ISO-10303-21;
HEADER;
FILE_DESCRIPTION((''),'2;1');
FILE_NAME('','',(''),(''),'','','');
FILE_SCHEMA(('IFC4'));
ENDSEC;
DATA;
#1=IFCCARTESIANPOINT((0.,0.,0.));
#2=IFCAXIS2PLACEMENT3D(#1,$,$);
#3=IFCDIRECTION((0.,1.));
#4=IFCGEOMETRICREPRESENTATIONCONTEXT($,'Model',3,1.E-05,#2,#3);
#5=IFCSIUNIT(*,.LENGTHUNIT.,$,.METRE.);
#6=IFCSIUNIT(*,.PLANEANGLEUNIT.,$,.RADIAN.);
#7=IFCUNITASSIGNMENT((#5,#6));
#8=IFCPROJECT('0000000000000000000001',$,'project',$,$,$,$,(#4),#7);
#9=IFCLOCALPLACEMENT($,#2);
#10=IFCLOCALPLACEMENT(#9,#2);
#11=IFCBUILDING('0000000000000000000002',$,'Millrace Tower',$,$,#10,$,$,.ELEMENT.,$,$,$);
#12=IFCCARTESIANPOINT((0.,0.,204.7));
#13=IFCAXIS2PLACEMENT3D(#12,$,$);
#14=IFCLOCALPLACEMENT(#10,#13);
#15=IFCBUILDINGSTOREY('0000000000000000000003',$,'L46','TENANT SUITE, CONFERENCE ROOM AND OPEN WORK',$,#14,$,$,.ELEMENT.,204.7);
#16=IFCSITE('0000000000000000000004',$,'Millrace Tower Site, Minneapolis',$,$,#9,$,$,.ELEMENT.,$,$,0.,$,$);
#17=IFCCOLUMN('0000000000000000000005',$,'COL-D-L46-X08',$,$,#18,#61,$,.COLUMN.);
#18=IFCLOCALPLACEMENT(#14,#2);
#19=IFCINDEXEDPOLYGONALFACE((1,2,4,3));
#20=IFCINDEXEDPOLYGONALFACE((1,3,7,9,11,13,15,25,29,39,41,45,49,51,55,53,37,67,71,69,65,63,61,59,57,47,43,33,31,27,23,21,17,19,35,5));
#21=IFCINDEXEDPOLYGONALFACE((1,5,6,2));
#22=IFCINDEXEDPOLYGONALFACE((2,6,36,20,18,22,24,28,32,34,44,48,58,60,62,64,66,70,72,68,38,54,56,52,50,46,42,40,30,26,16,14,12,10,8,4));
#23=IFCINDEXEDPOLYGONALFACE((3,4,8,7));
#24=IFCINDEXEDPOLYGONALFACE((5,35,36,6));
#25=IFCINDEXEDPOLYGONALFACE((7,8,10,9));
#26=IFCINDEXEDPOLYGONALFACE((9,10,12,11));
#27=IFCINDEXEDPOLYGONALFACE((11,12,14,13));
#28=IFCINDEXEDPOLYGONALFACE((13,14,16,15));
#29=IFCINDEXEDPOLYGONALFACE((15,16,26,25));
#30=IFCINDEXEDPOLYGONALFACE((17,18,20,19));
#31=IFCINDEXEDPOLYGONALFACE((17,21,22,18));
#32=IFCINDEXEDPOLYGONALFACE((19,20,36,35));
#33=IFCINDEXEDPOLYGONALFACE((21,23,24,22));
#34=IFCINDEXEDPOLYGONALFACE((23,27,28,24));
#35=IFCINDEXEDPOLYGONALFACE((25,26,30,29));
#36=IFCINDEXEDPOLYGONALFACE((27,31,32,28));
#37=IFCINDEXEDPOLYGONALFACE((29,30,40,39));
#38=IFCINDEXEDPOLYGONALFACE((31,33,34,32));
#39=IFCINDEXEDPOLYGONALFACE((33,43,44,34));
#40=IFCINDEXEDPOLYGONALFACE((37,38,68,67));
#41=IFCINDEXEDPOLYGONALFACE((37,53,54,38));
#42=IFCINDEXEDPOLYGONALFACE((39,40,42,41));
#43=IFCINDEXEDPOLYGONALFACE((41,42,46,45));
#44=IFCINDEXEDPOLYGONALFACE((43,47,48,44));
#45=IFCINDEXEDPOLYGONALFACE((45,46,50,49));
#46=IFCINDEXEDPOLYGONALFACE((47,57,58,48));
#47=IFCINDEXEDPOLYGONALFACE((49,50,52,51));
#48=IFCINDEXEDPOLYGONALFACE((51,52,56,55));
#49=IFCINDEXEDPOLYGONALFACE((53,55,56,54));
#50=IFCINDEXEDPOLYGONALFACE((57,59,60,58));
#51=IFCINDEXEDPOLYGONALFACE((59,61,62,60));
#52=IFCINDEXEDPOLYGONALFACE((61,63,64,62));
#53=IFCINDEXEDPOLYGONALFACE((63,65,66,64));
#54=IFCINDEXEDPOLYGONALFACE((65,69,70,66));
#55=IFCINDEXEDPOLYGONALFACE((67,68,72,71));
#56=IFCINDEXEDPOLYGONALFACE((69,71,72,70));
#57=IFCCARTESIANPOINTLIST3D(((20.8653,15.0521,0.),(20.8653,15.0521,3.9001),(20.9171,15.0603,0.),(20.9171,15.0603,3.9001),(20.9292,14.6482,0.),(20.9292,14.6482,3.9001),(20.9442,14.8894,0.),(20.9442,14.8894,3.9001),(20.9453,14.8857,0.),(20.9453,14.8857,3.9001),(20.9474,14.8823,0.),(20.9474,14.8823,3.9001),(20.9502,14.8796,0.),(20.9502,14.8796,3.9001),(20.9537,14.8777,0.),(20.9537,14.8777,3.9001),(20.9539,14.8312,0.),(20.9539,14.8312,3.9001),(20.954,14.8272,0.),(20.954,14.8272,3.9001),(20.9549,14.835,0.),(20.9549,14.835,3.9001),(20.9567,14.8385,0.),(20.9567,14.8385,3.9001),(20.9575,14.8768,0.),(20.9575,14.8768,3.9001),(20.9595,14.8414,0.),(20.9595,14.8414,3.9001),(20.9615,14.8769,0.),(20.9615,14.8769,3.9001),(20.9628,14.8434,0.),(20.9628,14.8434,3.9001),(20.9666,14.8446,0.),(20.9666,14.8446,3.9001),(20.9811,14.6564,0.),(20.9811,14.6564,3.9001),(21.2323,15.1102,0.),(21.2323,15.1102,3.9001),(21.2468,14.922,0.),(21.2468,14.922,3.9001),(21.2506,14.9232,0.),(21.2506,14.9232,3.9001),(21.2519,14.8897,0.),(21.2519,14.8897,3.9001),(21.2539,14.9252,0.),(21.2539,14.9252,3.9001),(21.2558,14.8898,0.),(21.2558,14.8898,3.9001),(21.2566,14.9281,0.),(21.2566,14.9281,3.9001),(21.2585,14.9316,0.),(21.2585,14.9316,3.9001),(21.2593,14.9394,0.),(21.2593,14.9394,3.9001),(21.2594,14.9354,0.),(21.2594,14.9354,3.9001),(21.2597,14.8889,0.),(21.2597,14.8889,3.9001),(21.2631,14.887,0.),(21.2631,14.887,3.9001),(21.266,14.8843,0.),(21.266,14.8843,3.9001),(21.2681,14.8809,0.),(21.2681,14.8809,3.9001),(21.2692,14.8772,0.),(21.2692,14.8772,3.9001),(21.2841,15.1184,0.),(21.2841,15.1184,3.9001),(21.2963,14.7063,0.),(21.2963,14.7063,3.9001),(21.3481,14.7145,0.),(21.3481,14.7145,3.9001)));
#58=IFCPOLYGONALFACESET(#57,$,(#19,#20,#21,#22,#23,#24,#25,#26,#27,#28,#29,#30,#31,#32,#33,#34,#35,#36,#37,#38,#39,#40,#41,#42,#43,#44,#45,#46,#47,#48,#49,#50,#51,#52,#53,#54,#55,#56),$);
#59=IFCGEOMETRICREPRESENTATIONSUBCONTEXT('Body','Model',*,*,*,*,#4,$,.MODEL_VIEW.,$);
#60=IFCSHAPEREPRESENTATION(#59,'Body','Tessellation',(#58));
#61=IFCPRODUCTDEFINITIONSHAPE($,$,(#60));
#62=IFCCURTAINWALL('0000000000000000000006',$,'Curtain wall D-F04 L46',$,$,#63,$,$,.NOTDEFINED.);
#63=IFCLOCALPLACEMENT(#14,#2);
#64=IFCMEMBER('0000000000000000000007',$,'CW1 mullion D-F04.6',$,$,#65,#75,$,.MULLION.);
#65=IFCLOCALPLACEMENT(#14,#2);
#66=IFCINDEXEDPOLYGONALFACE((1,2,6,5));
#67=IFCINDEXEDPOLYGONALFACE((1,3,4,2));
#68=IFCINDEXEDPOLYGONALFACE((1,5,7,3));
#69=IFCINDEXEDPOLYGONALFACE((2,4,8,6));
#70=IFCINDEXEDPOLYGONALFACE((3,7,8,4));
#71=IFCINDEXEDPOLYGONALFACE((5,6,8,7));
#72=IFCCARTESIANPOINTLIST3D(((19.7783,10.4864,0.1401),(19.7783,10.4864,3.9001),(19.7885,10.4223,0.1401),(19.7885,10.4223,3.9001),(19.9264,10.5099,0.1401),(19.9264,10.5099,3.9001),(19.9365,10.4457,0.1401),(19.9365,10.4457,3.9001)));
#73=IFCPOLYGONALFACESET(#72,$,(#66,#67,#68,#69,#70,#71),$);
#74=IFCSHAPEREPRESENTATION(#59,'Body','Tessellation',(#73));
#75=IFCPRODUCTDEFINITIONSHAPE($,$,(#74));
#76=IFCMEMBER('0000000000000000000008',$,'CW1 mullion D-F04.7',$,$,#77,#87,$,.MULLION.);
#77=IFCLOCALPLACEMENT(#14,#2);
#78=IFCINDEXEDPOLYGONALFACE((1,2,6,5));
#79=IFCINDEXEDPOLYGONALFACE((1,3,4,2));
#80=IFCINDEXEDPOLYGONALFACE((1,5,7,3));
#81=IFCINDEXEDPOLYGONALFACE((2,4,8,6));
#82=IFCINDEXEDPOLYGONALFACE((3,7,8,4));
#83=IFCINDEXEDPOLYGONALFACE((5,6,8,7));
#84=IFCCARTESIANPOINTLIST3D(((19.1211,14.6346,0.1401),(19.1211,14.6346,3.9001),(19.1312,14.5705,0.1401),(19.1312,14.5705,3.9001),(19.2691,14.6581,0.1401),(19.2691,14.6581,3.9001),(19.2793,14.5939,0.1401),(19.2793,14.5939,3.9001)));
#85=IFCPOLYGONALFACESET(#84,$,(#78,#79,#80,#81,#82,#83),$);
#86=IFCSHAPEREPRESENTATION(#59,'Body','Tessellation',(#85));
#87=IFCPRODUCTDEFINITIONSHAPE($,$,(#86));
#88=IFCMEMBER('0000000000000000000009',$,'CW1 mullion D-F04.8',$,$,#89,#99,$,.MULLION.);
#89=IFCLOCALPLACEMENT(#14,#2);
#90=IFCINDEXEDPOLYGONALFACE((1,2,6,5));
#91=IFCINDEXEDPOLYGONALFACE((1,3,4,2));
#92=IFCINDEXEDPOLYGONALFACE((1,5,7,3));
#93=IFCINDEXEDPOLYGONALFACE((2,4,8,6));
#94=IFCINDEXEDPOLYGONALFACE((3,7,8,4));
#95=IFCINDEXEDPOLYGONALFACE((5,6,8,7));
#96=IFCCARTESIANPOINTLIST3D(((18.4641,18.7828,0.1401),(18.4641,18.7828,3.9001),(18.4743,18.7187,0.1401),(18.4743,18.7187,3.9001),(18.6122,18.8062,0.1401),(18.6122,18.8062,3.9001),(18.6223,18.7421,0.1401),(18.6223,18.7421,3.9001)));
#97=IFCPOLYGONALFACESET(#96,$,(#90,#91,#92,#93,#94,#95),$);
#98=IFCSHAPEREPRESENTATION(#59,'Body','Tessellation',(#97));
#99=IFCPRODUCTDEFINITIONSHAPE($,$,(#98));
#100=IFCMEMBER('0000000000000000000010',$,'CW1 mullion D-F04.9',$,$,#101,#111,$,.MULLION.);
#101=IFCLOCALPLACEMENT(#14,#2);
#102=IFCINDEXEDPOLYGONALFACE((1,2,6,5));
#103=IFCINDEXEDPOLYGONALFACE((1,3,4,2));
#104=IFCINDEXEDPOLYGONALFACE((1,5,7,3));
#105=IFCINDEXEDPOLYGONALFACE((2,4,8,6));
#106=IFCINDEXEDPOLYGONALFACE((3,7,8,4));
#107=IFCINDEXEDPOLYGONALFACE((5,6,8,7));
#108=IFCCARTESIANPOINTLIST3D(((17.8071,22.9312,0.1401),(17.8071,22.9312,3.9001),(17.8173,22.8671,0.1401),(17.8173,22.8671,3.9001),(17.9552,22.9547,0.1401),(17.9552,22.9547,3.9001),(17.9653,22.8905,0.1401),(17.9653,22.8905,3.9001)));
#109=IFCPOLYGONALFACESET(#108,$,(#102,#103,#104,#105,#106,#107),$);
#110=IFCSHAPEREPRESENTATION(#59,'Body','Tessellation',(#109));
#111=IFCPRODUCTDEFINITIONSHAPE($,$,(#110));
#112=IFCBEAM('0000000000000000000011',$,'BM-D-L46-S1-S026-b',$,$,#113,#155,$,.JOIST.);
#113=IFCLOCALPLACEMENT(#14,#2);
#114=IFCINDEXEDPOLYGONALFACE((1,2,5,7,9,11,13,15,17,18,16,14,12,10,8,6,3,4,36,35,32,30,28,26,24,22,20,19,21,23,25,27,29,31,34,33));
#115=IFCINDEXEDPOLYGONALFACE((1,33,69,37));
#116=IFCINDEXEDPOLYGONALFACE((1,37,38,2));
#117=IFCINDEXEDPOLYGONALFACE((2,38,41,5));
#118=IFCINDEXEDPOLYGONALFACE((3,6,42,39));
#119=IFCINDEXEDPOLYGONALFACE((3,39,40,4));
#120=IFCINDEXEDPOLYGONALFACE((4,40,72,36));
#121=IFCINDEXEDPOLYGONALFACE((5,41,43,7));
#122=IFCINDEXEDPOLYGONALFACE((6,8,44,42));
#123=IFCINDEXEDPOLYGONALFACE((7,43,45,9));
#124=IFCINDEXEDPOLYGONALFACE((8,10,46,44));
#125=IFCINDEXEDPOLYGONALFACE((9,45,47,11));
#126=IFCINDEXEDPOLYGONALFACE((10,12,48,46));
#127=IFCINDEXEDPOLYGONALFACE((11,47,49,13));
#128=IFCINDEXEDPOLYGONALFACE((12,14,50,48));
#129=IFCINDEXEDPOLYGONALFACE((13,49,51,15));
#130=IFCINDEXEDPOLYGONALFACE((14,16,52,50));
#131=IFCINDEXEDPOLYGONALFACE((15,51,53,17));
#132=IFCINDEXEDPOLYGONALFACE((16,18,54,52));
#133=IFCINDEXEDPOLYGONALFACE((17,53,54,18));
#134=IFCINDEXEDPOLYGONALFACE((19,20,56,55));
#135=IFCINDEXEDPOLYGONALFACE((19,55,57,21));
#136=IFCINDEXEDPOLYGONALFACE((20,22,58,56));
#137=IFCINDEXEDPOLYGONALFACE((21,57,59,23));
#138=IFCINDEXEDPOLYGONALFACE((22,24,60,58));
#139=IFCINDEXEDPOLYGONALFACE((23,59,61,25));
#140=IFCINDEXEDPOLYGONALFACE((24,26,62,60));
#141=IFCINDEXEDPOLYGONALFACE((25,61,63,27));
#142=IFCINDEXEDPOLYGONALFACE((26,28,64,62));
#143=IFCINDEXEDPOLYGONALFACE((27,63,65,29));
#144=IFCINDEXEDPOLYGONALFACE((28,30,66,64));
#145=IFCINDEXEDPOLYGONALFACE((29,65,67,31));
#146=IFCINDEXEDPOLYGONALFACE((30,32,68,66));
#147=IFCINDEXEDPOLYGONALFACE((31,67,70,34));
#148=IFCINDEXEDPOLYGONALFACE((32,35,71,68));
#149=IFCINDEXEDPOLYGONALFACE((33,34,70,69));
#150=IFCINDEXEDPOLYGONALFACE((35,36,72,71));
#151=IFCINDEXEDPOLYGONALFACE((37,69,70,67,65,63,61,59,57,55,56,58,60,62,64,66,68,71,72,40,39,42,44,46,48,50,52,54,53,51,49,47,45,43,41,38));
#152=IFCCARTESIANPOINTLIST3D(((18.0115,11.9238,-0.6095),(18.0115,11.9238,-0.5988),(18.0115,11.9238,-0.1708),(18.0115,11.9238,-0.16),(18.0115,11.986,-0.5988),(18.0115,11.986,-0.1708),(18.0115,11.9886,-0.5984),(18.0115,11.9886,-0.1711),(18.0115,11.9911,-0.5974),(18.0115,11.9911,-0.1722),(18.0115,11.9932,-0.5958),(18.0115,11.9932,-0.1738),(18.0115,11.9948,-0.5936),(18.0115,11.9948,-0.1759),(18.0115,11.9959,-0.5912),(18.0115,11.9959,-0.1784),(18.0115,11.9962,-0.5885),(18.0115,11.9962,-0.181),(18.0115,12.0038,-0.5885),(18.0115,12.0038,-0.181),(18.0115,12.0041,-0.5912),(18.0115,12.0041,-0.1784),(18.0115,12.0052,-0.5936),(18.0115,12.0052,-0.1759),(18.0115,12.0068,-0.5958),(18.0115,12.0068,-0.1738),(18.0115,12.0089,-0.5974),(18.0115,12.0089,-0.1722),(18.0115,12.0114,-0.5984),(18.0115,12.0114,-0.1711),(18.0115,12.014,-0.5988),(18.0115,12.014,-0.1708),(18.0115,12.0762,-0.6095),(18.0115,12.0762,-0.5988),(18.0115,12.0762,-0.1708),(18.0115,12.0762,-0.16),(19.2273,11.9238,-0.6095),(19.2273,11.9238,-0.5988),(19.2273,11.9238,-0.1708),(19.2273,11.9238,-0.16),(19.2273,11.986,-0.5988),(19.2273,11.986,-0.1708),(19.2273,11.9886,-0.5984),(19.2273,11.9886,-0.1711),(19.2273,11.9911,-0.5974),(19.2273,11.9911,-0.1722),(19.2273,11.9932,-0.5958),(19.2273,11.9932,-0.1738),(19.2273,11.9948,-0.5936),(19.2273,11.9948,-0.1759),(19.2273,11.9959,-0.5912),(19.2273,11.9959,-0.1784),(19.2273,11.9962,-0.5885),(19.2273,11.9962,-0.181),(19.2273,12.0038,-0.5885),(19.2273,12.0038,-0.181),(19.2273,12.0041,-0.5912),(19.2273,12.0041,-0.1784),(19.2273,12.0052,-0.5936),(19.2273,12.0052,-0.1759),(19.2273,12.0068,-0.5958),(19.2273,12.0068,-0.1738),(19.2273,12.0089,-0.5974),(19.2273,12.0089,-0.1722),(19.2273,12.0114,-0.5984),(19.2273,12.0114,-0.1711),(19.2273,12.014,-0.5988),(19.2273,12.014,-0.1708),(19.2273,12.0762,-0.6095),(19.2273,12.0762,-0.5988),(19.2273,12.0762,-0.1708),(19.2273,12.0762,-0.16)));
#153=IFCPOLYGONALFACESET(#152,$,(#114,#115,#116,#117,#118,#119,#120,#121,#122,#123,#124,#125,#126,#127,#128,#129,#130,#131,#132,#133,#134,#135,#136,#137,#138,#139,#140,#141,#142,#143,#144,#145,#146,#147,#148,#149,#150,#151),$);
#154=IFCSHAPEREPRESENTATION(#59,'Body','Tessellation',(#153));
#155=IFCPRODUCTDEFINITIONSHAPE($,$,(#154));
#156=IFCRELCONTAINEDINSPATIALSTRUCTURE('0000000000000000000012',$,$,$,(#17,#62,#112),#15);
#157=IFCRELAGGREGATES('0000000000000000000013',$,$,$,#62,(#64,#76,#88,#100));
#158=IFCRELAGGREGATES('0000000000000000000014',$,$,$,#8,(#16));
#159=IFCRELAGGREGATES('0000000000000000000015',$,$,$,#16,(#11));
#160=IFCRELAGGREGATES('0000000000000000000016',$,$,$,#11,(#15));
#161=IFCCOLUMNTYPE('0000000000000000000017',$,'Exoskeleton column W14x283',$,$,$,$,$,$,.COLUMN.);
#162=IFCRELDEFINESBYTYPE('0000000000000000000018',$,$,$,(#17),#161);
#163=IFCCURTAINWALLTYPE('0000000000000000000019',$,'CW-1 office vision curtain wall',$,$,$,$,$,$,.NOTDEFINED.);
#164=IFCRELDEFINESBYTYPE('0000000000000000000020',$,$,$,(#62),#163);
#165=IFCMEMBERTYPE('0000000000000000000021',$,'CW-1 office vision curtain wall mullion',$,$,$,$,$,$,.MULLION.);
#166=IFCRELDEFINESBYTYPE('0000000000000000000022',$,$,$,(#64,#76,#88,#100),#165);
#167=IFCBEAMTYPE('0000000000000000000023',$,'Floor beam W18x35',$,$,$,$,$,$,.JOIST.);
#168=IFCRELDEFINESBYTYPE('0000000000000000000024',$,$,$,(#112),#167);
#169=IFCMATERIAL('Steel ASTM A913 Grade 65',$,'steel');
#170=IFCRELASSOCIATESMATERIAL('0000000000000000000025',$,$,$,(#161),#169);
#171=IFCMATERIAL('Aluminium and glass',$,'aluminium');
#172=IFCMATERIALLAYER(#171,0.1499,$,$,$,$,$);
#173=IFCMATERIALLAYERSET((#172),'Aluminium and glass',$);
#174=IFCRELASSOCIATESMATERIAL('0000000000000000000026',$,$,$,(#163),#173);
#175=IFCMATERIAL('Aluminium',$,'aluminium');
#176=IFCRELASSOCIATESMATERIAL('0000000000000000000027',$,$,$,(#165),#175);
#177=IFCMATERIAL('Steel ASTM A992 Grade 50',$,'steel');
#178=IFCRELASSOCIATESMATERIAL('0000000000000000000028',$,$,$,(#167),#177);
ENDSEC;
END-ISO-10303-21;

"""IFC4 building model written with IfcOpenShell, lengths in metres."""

from ifc_helpers import new_model, si_unit, direction, frame, origin, origin_2d, place, context, subcontext, project, spatial, rectangle, i_section, extrude, material, layer, layer_set, material_profile, profile_set, type_object, element, aggregate, save


model = new_model("IFC4")

# Units and contexts
model_context = context("Model", 3, precision=1e-05, world=origin(), true_north=direction((0.0, 1.0)))
body_context = subcontext(model_context, "Body", "Model", "MODEL_VIEW")
ifc_project = project(units=[si_unit("LENGTHUNIT", "METRE"), si_unit("PLANEANGLEUNIT", "RADIAN")], contexts=[model_context])

# Site, building, storey
site_placement = place(None, origin())
site = spatial("IfcSite", under=ifc_project, at=site_placement, Name="Millrace Tower Site, Minneapolis", CompositionType="ELEMENT", RefElevation=0.0)
building_placement = place(site_placement, origin())
building = spatial("IfcBuilding", under=site, at=building_placement, Name="Millrace Tower", CompositionType="ELEMENT")
storey_placement = place(building_placement, frame((0.0, 0.0, 204.7)))
storey = spatial("IfcBuildingStorey", under=building, at=storey_placement, Name="L46", Description="TENANT SUITE, CONFERENCE ROOM AND OPEN WORK", CompositionType="ELEMENT", Elevation=204.7)

# Column
ifc_material_1 = material(Name="Steel ASTM A913 Grade 65", Category="steel")
ifc_material_profile_1 = material_profile(ifc_material_1, i_section(OverallWidth=0.4089, OverallDepth=0.4241, WebThickness=0.0327, FlangeThickness=0.0525, FilletRadius=0.0151, at=origin_2d()))
ifc_profile_set_1 = profile_set([ifc_material_profile_1], Name="Steel ASTM A913 Grade 65")
column_type = type_object("IfcColumnType", Name="Exoskeleton column W14x283", PredefinedType="COLUMN", material=ifc_profile_set_1)
column_placement = place(storey_placement, frame((21.1067, 14.8833, 0.0), z_axis=(0.0, 0.0, 1.0), x_axis=(-0.156434, 0.987688, 0.0)))
element("IfcColumn", 1, at=column_placement, inside=storey, type_object=column_type, Name="COL-D-L46-X08", PredefinedType="COLUMN", context=body_context, shape_type="SweptSolid", body=[
    extrude(i_section(OverallWidth=0.4089, OverallDepth=0.4241, WebThickness=0.0327, FlangeThickness=0.0525, FilletRadius=0.0151, at=origin_2d()), origin(), (0.0, 0.0, 1.0), 3.9001),
])

# Curtain wall, members
ifc_material_2 = material(Name="Aluminium and glass", Category="aluminium")
ifc_layer_1 = layer(ifc_material_2, 0.1499)
ifc_layer_set_1 = layer_set([ifc_layer_1], Name="Aluminium and glass")
curtain_wall_type = type_object("IfcCurtainWallType", Name="CW-1 office vision curtain wall", PredefinedType="NOTDEFINED", material=ifc_layer_set_1)
curtain_wall_placement = place(storey_placement, origin())
curtain_wall = element("IfcCurtainWall", 2, at=curtain_wall_placement, inside=storey, type_object=curtain_wall_type, Name="Curtain wall D-F04 L46", PredefinedType="NOTDEFINED")
ifc_material_3 = material(Name="Aluminium", Category="aluminium")
ifc_material_profile_2 = material_profile(ifc_material_3, rectangle(XDim=0.0649, YDim=0.1499, at=origin_2d()))
ifc_profile_set_2 = profile_set([ifc_material_profile_2], Name="Aluminium")
member_type = type_object("IfcMemberType", Name="CW-1 office vision curtain wall mullion", PredefinedType="MULLION", material=ifc_profile_set_2)
member_1_placement = place(storey_placement, frame((19.8574, 10.4661, 0.1401), z_axis=(0.0, 0.0, 1.0), x_axis=(-0.156434, 0.987688, 0.0)))
member_1 = element("IfcMember", 3, at=member_1_placement, type_object=member_type, Name="CW1 mullion D-F04.6", PredefinedType="MULLION", context=body_context, shape_type="SweptSolid", body=[
    extrude(rectangle(XDim=0.0649, YDim=0.1499, at=origin_2d()), origin(), (0.0, 0.0, 1.0), 3.76),
])
member_2_placement = place(storey_placement, frame((19.2002, 14.6143, 0.1401), z_axis=(0.0, 0.0, 1.0), x_axis=(-0.156434, 0.987688, 0.0)))
member_2 = element("IfcMember", 4, at=member_2_placement, type_object=member_type, Name="CW1 mullion D-F04.7", PredefinedType="MULLION", context=body_context, shape_type="SweptSolid", body=[
    extrude(rectangle(XDim=0.0649, YDim=0.1499, at=origin_2d()), origin(), (0.0, 0.0, 1.0), 3.76),
])
member_3_placement = place(storey_placement, frame((18.5432, 18.7625, 0.1401), z_axis=(0.0, 0.0, 1.0), x_axis=(-0.156434, 0.987688, 0.0)))
member_3 = element("IfcMember", 5, at=member_3_placement, type_object=member_type, Name="CW1 mullion D-F04.8", PredefinedType="MULLION", context=body_context, shape_type="SweptSolid", body=[
    extrude(rectangle(XDim=0.0649, YDim=0.1499, at=origin_2d()), origin(), (0.0, 0.0, 1.0), 3.76),
])
member_4_placement = place(storey_placement, frame((17.8862, 22.9109, 0.1401), z_axis=(0.0, 0.0, 1.0), x_axis=(-0.156434, 0.987688, 0.0)))
member_4 = element("IfcMember", 6, at=member_4_placement, type_object=member_type, Name="CW1 mullion D-F04.9", PredefinedType="MULLION", context=body_context, shape_type="SweptSolid", body=[
    extrude(rectangle(XDim=0.0649, YDim=0.1499, at=origin_2d()), origin(), (0.0, 0.0, 1.0), 3.76),
])
aggregate(curtain_wall, [member_1, member_2, member_3, member_4])

# Beam
ifc_material_4 = material(Name="Steel ASTM A992 Grade 50", Category="steel")
ifc_material_profile_3 = material_profile(ifc_material_4, i_section(OverallWidth=0.1523, OverallDepth=0.4495, WebThickness=0.0076, FlangeThickness=0.0107, FilletRadius=0.0103, at=origin_2d()))
ifc_profile_set_3 = profile_set([ifc_material_profile_3], Name="Steel ASTM A992 Grade 50")
beam_type_1 = type_object("IfcBeamType", Name="Floor beam W18x35", PredefinedType="JOIST", material=ifc_profile_set_3)
beam_1_placement = place(storey_placement, frame((18.0115, 12.0, -0.3848), z_axis=(1.0, 0.0, 0.0), x_axis=(0.0, 1.0, 0.0)))
element("IfcBeam", 7, at=beam_1_placement, inside=storey, type_object=beam_type_1, Name="BM-D-L46-S1-S026-b", PredefinedType="JOIST", context=body_context, shape_type="SweptSolid", body=[
    extrude(i_section(OverallWidth=0.1523, OverallDepth=0.4495, WebThickness=0.0076, FlangeThickness=0.0107, FilletRadius=0.0103, at=origin_2d()), origin(), (0.0, 0.0, 1.0), 1.2158),
])

save(model, "model.ifc")
